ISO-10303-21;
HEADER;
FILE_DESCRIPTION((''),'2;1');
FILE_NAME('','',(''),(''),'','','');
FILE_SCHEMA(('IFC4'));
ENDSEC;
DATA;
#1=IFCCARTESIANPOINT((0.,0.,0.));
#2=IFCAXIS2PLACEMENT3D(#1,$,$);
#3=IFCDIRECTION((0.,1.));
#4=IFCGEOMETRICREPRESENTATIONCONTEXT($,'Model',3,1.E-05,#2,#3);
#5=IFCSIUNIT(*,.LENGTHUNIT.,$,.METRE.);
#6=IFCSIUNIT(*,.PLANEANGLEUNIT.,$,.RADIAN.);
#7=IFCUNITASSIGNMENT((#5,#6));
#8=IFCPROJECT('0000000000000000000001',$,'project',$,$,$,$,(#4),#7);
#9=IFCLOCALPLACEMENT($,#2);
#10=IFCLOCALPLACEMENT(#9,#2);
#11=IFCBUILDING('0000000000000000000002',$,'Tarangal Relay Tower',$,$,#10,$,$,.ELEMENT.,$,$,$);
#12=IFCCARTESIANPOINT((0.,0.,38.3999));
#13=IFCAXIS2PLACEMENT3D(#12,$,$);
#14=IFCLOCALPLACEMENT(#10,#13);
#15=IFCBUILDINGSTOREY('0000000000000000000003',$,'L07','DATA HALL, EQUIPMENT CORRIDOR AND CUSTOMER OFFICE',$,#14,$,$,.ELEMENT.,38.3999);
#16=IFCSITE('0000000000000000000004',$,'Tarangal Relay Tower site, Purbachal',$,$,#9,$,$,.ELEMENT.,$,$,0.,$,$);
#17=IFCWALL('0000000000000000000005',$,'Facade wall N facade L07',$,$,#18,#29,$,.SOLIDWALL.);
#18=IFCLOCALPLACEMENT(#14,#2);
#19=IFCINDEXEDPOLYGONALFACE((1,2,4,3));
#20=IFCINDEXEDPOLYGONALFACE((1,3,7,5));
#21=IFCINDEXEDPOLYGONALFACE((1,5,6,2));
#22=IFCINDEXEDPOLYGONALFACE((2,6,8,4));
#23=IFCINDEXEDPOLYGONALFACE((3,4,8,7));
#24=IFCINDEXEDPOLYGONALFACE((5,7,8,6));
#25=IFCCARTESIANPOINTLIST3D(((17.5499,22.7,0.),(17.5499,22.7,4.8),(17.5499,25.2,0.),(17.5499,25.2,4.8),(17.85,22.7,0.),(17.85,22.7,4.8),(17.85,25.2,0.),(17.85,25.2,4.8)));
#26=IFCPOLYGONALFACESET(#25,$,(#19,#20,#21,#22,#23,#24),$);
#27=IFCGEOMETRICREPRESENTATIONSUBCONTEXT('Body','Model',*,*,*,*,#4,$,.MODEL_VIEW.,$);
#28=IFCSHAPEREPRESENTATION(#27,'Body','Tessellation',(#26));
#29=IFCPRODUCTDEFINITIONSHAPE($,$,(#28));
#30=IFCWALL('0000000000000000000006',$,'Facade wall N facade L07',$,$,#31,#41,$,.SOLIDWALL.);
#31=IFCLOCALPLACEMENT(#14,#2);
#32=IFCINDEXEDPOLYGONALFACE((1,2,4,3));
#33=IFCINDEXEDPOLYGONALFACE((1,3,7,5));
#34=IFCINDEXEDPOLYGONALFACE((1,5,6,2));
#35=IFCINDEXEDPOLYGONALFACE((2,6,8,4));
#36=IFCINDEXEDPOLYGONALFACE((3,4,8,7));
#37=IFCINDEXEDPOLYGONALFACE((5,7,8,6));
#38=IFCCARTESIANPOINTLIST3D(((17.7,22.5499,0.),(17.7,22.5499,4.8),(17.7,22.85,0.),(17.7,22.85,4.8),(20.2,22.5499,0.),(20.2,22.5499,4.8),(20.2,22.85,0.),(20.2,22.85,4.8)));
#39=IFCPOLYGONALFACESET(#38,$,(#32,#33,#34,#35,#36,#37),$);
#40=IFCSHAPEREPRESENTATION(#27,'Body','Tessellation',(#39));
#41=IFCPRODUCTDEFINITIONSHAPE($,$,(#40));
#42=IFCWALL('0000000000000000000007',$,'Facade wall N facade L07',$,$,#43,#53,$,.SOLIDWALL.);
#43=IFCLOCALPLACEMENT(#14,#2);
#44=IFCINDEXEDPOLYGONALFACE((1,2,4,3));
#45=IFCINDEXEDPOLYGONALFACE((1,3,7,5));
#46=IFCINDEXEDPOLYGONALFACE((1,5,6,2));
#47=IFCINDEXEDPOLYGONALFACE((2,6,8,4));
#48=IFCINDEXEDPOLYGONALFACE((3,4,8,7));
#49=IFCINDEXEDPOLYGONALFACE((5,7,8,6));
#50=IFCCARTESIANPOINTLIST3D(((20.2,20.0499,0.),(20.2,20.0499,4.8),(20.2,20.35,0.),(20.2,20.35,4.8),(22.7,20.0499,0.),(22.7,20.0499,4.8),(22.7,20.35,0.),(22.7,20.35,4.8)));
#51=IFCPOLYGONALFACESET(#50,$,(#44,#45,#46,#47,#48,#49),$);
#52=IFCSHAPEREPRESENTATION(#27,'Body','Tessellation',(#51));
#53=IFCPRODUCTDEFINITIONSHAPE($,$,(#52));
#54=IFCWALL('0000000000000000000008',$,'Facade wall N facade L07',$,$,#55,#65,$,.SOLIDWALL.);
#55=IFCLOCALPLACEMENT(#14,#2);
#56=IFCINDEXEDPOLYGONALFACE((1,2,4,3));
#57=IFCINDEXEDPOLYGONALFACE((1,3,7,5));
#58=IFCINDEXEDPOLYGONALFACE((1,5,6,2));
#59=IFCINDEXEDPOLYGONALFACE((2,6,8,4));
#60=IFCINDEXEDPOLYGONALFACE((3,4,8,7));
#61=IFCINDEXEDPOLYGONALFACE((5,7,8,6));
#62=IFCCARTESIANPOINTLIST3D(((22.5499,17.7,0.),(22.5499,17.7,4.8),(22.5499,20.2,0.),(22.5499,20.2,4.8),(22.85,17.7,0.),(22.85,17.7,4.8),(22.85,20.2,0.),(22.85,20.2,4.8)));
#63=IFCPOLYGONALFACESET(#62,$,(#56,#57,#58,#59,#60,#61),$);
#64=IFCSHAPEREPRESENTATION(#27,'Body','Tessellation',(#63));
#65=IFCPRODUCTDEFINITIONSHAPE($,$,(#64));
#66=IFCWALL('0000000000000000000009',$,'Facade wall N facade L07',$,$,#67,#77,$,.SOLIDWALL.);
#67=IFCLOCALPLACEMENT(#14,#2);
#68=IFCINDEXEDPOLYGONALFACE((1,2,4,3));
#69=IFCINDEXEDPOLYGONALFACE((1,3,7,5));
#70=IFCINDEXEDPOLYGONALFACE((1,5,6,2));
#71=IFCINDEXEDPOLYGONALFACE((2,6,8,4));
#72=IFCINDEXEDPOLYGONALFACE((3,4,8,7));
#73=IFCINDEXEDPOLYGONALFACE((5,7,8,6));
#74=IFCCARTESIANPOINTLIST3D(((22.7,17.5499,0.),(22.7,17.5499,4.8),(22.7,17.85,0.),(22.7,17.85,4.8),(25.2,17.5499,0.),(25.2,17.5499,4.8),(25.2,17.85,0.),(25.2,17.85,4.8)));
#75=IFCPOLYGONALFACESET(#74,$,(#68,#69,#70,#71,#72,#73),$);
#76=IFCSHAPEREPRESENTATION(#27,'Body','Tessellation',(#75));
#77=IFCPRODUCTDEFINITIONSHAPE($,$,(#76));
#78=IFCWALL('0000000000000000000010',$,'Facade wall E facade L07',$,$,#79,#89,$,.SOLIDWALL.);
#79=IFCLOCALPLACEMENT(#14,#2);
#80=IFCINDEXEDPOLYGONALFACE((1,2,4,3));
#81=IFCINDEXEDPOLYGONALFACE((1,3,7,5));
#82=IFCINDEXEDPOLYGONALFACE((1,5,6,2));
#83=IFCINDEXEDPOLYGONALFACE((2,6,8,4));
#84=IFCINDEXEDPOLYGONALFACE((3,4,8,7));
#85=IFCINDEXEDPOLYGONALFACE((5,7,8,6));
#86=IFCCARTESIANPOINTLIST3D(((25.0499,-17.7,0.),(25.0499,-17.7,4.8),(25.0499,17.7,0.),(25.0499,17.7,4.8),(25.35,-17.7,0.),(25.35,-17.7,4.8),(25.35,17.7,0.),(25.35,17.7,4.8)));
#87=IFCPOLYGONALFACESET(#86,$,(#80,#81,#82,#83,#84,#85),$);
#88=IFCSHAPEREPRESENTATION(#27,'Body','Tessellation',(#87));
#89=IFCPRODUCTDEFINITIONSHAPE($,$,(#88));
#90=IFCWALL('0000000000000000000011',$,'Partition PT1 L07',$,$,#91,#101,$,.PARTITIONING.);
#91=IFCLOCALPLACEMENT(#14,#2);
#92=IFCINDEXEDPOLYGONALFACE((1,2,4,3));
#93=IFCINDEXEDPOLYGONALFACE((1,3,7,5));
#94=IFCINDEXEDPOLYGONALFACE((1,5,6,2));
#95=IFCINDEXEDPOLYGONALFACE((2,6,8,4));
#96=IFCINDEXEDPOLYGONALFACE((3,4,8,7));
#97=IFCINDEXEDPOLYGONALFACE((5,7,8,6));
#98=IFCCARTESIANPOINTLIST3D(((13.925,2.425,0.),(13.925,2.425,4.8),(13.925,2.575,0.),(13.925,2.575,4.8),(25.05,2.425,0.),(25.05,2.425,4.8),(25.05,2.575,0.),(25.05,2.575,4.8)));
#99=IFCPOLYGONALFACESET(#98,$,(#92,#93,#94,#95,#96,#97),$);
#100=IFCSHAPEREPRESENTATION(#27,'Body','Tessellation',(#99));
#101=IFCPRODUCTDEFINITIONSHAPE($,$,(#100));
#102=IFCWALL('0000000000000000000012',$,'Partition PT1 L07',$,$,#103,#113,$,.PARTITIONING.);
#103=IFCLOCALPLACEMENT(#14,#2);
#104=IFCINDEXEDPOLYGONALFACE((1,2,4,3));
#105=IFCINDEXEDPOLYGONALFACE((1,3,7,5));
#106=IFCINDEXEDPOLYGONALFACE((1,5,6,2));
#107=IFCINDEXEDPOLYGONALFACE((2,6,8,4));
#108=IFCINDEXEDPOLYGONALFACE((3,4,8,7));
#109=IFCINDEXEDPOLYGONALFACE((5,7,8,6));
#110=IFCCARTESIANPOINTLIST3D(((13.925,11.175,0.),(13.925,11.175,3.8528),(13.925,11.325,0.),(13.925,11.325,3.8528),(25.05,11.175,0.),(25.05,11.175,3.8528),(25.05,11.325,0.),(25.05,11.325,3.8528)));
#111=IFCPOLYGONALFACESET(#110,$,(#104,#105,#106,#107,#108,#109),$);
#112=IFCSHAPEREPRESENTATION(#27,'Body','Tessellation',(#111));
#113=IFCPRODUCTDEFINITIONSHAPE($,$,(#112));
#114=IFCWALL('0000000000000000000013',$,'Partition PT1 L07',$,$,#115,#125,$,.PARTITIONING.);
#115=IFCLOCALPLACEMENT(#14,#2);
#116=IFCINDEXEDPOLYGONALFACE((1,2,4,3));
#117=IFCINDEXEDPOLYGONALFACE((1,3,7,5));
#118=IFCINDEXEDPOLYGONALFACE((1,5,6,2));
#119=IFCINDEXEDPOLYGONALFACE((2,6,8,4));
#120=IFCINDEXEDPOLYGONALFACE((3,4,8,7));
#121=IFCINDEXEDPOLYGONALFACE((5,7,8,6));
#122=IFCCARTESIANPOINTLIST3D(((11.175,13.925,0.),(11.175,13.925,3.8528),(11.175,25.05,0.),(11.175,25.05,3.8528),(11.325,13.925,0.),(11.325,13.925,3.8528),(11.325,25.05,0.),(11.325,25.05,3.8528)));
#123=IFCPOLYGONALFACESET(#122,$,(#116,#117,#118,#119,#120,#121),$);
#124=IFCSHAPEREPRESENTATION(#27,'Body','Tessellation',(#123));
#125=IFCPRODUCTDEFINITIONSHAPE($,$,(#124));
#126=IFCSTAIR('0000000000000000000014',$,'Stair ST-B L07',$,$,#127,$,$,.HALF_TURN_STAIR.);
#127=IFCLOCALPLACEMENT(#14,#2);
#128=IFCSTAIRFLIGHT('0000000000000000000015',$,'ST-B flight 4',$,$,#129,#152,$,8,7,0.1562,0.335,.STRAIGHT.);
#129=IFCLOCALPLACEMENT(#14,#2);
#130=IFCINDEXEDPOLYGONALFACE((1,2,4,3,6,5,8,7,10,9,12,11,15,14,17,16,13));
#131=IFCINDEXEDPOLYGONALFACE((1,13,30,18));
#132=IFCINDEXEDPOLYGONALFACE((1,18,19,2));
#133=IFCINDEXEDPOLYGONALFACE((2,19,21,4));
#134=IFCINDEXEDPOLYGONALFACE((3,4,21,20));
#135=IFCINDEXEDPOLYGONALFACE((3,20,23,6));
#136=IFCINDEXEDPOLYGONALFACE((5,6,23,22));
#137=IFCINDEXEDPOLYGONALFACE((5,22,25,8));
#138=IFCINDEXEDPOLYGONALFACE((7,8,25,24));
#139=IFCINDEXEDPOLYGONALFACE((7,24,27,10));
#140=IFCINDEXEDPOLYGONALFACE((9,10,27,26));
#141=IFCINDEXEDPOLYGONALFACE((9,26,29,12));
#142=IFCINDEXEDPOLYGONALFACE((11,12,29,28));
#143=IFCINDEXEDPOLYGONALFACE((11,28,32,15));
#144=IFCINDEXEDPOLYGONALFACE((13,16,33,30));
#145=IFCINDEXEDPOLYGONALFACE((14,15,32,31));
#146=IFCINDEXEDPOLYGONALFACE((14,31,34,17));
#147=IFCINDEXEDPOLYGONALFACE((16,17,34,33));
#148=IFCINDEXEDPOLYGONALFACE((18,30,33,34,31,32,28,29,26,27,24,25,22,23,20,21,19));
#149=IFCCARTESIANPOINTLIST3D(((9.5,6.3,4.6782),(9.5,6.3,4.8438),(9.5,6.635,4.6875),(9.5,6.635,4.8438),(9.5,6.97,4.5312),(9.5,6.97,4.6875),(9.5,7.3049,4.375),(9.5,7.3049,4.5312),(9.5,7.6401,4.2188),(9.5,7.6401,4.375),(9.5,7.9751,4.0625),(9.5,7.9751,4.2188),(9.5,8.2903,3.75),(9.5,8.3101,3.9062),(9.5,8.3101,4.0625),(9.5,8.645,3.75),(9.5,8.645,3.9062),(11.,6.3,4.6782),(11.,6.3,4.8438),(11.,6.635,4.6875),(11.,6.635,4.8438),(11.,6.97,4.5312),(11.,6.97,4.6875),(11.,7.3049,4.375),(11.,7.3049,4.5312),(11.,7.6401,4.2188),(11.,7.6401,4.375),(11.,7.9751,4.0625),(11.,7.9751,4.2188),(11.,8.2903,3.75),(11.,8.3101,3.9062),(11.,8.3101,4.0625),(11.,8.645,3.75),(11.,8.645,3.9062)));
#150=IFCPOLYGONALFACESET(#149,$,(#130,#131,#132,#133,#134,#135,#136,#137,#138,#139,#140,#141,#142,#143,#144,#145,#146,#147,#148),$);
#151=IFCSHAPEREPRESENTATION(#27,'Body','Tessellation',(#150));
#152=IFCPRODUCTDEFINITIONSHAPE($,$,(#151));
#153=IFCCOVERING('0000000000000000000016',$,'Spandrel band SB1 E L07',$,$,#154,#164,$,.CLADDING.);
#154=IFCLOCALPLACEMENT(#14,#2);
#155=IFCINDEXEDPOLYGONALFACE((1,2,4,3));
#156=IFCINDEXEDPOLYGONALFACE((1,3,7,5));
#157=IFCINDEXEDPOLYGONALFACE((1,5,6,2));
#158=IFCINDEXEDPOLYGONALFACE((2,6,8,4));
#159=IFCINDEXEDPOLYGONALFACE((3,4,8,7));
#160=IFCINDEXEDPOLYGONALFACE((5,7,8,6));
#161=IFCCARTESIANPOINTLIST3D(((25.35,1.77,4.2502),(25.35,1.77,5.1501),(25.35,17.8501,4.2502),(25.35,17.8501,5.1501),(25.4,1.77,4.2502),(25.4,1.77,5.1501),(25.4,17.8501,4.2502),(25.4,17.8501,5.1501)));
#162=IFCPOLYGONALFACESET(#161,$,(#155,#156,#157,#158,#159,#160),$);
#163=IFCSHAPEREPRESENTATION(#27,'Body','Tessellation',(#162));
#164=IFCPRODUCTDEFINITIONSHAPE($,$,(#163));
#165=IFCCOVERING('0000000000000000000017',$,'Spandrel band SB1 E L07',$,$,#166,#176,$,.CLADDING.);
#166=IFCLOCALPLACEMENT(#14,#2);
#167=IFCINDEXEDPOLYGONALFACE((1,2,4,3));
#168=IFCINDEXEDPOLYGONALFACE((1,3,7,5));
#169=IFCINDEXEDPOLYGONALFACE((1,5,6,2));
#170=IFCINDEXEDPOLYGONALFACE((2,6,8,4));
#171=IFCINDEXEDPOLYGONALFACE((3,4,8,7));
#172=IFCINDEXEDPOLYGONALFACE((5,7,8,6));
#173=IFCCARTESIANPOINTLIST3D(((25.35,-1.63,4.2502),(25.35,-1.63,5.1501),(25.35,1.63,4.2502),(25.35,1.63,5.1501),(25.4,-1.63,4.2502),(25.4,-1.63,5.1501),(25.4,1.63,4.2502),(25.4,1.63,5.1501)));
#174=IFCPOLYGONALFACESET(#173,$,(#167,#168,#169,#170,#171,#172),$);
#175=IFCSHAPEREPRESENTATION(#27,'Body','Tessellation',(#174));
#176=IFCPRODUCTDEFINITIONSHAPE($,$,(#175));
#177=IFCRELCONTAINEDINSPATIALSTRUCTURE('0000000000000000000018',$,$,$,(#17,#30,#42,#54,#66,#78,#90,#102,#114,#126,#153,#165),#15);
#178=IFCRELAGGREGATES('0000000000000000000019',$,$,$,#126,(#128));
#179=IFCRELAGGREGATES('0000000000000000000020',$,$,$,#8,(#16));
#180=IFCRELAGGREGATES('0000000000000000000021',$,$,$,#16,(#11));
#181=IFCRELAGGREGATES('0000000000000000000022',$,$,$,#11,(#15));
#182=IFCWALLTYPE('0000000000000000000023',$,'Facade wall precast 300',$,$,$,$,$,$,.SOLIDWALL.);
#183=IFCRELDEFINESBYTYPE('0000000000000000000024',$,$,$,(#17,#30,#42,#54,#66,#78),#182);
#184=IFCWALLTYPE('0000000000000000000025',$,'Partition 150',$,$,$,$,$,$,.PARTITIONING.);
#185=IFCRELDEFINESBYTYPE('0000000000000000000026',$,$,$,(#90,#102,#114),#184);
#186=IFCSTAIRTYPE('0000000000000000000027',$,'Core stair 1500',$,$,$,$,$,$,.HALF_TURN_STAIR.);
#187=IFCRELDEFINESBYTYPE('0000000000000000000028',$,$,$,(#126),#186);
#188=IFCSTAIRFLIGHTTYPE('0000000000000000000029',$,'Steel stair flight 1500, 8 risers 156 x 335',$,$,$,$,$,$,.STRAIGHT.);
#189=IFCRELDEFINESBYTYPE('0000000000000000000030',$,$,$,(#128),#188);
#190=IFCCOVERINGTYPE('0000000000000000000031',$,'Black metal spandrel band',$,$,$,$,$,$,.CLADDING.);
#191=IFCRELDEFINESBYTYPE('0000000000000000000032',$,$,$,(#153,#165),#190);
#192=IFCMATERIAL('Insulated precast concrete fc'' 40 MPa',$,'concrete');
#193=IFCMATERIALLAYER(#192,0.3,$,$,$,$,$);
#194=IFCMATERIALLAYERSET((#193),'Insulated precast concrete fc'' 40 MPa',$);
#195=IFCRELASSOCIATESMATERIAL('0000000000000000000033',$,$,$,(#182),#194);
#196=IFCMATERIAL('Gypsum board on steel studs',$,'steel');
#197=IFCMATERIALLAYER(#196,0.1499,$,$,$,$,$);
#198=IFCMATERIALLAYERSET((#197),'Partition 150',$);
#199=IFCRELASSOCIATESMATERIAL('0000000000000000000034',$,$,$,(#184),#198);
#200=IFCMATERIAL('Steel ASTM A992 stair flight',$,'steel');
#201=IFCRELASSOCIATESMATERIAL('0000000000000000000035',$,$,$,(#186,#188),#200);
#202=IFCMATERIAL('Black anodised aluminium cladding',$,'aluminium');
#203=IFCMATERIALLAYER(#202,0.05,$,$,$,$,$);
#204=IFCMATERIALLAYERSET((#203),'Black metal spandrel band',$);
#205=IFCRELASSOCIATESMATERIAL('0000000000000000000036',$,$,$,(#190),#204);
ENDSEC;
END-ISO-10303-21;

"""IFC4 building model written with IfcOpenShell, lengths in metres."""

from ifc_helpers import new_model, si_unit, direction, frame, frame_2d, origin, origin_2d, place, context, subcontext, project, spatial, polyline, rectangle, outline, extrude, material, layer, layer_set, type_object, element, aggregate, save


model = new_model("IFC4")

# Units and contexts
model_context = context("Model", 3, precision=1e-05, world=origin(), true_north=direction((0.0, 1.0)))
body_context = subcontext(model_context, "Body", "Model", "MODEL_VIEW")
ifc_project = project(units=[si_unit("LENGTHUNIT", "METRE"), si_unit("PLANEANGLEUNIT", "RADIAN")], contexts=[model_context])

# Site, building, storey
site_placement = place(None, origin())
site = spatial("IfcSite", under=ifc_project, at=site_placement, Name="Tarangal Relay Tower site, Purbachal", CompositionType="ELEMENT", RefElevation=0.0)
building_placement = place(site_placement, origin())
building = spatial("IfcBuilding", under=site, at=building_placement, Name="Tarangal Relay Tower", CompositionType="ELEMENT")
storey_placement = place(building_placement, frame((0.0, 0.0, 38.3999)))
storey = spatial("IfcBuildingStorey", under=building, at=storey_placement, Name="L07", Description="DATA HALL, EQUIPMENT CORRIDOR AND CUSTOMER OFFICE", CompositionType="ELEMENT", Elevation=38.3999)

# Walls
ifc_material_1 = material(Name="Insulated precast concrete fc' 40 MPa", Category="concrete")
ifc_layer_1 = layer(ifc_material_1, 0.3)
ifc_layer_set_1 = layer_set([ifc_layer_1], Name="Insulated precast concrete fc' 40 MPa")
wall_type_1 = type_object("IfcWallType", Name="Facade wall precast 300", PredefinedType="SOLIDWALL", material=ifc_layer_set_1)
for number, where, z_axis, x_axis, name in (
    (1, (17.7, 25.2, 0.0), (0.0, 0.0, 1.0), (0.0, -1.0, 0.0), "Facade wall N facade L07"),
    (2, (17.7, 22.7, 0.0), (0.0, 0.0, 1.0), (1.0, 0.0, 0.0), "Facade wall N facade L07"),
):
    element("IfcWall", number, at=place(storey_placement, frame(where, z_axis=z_axis, x_axis=x_axis)), inside=storey, type_object=wall_type_1, Name=name, PredefinedType="SOLIDWALL", context=body_context, shape_type="SweptSolid", body=[
        extrude(rectangle(XDim=2.5, YDim=0.3, at=frame_2d((1.25, 0.0))), origin(), (0.0, 0.0, 1.0), 4.8),
    ])

# Walls
for number, where, z_axis, x_axis, name in (
    (3, (20.2, 20.2, 0.0), (0.0, 0.0, 1.0), (1.0, 0.0, 0.0), "Facade wall N facade L07"),
    (4, (22.7, 20.2, 0.0), (0.0, 0.0, 1.0), (0.0, -1.0, 0.0), "Facade wall N facade L07"),
    (5, (22.7, 17.7, 0.0), (0.0, 0.0, 1.0), (1.0, 0.0, 0.0), "Facade wall N facade L07"),
):
    element("IfcWall", number, at=place(storey_placement, frame(where, z_axis=z_axis, x_axis=x_axis)), inside=storey, type_object=wall_type_1, Name=name, PredefinedType="SOLIDWALL", context=body_context, shape_type="SweptSolid", body=[
        extrude(rectangle(XDim=2.5, YDim=0.3, at=frame_2d((1.25, 0.0))), origin(), (0.0, 0.0, 1.0), 4.8),
    ])
wall_1_placement = place(storey_placement, frame((25.2, 17.7, 0.0), z_axis=(0.0, 0.0, 1.0), x_axis=(0.0, -1.0, 0.0)))
element("IfcWall", 6, at=wall_1_placement, inside=storey, type_object=wall_type_1, Name="Facade wall E facade L07", PredefinedType="SOLIDWALL", context=body_context, shape_type="SweptSolid", body=[
    extrude(rectangle(XDim=35.3999, YDim=0.3, at=frame_2d((17.7, 0.0))), origin(), (0.0, 0.0, 1.0), 4.8),
])
ifc_material_2 = material(Name="Gypsum board on steel studs", Category="steel")
ifc_layer_2 = layer(ifc_material_2, 0.1499)
ifc_layer_set_2 = layer_set([ifc_layer_2], Name="Partition 150")
wall_type_2 = type_object("IfcWallType", Name="Partition 150", PredefinedType="PARTITIONING", material=ifc_layer_set_2)
wall_2_placement = place(storey_placement, frame((13.925, 2.5, 0.0), z_axis=(0.0, 0.0, 1.0), x_axis=(1.0, 0.0, 0.0)))
element("IfcWall", 7, at=wall_2_placement, inside=storey, type_object=wall_type_2, Name="Partition PT1 L07", PredefinedType="PARTITIONING", context=body_context, shape_type="SweptSolid", body=[
    extrude(rectangle(XDim=11.125, YDim=0.1499, at=frame_2d((5.5625, 0.0))), origin(), (0.0, 0.0, 1.0), 4.8),
])
for number, where, z_axis, x_axis, name in (
    (8, (13.925, 11.25, 0.0), (0.0, 0.0, 1.0), (1.0, 0.0, 0.0), "Partition PT1 L07"),
    (9, (11.25, 13.925, 0.0), (0.0, 0.0, 1.0), (0.0, 1.0, 0.0), "Partition PT1 L07"),
):
    element("IfcWall", number, at=place(storey_placement, frame(where, z_axis=z_axis, x_axis=x_axis)), inside=storey, type_object=wall_type_2, Name=name, PredefinedType="PARTITIONING", context=body_context, shape_type="SweptSolid", body=[
        extrude(rectangle(XDim=11.125, YDim=0.1499, at=frame_2d((5.5625, 0.0))), origin(), (0.0, 0.0, 1.0), 3.8528),
    ])

# Stair, stair flight
ifc_material_3 = material(Name="Steel ASTM A992 stair flight", Category="steel")
stair_type = type_object("IfcStairType", Name="Core stair 1500", PredefinedType="HALF_TURN_STAIR", material=ifc_material_3)
stair_placement = place(storey_placement, origin())
stair = element("IfcStair", 10, at=stair_placement, inside=storey, type_object=stair_type, Name="Stair ST-B L07", PredefinedType="HALF_TURN_STAIR")
stair_flight_type = type_object("IfcStairFlightType", Name="Steel stair flight 1500, 8 risers 156 x 335", PredefinedType="STRAIGHT", material=ifc_material_3)
stair_flight_placement = place(storey_placement, frame((10.25, 8.645, 3.75), z_axis=(0.0, 0.0, 1.0), x_axis=(0.0, -1.0, 0.0)))
stair_flight = element("IfcStairFlight", 11, at=stair_flight_placement, type_object=stair_flight_type, Name="ST-B flight 4", NumberOfRisers=8, NumberOfTreads=7, PredefinedType="STRAIGHT", RiserHeight=0.1562, TreadLength=0.335, context=body_context, shape_type="SweptSolid", body=[
    extrude(outline(polyline([(0.0, 0.0), (0.0, 0.1562), (0.335, 0.1562), (0.335, 0.3125), (0.6699, 0.3125), (0.6699, 0.4688), (1.0049, 0.4688), (1.0049, 0.625), (1.3401, 0.625), (1.3401, 0.7812), (1.675, 0.7812), (1.675, 0.9375), (2.01, 0.9375), (2.01, 1.0938), (2.345, 1.0938), (2.345, 1.25), (2.345, 0.9282), (0.3547, 0.0), (0.0, 0.0)])), frame((0.0, 0.75, 0.0), z_axis=(0.0, -1.0, 0.0), x_axis=(1.0, 0.0, 0.0)), (0.0, 0.0, 1.0), 1.5),
])
aggregate(stair, [stair_flight])

# Coverings
ifc_material_4 = material(Name="Black anodised aluminium cladding", Category="aluminium")
ifc_layer_3 = layer(ifc_material_4, 0.05)
ifc_layer_set_3 = layer_set([ifc_layer_3], Name="Black metal spandrel band")
covering_type = type_object("IfcCoveringType", Name="Black metal spandrel band", PredefinedType="CLADDING", material=ifc_layer_set_3)
covering_1_placement = place(storey_placement, frame((25.375, 9.8101, 4.2502), z_axis=(0.0, 0.0, 1.0), x_axis=(0.0, -1.0, 0.0)))
element("IfcCovering", 12, at=covering_1_placement, inside=storey, type_object=covering_type, Name="Spandrel band SB1 E L07", PredefinedType="CLADDING", context=body_context, shape_type="SweptSolid", body=[
    extrude(rectangle(XDim=16.0801, YDim=0.05, at=origin_2d()), origin(), (0.0, 0.0, 1.0), 0.8999),
])
covering_2_placement = place(storey_placement, frame((25.375, 0.0, 4.2502), z_axis=(0.0, 0.0, 1.0), x_axis=(0.0, -1.0, 0.0)))
element("IfcCovering", 13, at=covering_2_placement, inside=storey, type_object=covering_type, Name="Spandrel band SB1 E L07", PredefinedType="CLADDING", context=body_context, shape_type="SweptSolid", body=[
    extrude(rectangle(XDim=3.26, YDim=0.05, at=origin_2d()), origin(), (0.0, 0.0, 1.0), 0.8999),
])

save(model, "model.ifc")
